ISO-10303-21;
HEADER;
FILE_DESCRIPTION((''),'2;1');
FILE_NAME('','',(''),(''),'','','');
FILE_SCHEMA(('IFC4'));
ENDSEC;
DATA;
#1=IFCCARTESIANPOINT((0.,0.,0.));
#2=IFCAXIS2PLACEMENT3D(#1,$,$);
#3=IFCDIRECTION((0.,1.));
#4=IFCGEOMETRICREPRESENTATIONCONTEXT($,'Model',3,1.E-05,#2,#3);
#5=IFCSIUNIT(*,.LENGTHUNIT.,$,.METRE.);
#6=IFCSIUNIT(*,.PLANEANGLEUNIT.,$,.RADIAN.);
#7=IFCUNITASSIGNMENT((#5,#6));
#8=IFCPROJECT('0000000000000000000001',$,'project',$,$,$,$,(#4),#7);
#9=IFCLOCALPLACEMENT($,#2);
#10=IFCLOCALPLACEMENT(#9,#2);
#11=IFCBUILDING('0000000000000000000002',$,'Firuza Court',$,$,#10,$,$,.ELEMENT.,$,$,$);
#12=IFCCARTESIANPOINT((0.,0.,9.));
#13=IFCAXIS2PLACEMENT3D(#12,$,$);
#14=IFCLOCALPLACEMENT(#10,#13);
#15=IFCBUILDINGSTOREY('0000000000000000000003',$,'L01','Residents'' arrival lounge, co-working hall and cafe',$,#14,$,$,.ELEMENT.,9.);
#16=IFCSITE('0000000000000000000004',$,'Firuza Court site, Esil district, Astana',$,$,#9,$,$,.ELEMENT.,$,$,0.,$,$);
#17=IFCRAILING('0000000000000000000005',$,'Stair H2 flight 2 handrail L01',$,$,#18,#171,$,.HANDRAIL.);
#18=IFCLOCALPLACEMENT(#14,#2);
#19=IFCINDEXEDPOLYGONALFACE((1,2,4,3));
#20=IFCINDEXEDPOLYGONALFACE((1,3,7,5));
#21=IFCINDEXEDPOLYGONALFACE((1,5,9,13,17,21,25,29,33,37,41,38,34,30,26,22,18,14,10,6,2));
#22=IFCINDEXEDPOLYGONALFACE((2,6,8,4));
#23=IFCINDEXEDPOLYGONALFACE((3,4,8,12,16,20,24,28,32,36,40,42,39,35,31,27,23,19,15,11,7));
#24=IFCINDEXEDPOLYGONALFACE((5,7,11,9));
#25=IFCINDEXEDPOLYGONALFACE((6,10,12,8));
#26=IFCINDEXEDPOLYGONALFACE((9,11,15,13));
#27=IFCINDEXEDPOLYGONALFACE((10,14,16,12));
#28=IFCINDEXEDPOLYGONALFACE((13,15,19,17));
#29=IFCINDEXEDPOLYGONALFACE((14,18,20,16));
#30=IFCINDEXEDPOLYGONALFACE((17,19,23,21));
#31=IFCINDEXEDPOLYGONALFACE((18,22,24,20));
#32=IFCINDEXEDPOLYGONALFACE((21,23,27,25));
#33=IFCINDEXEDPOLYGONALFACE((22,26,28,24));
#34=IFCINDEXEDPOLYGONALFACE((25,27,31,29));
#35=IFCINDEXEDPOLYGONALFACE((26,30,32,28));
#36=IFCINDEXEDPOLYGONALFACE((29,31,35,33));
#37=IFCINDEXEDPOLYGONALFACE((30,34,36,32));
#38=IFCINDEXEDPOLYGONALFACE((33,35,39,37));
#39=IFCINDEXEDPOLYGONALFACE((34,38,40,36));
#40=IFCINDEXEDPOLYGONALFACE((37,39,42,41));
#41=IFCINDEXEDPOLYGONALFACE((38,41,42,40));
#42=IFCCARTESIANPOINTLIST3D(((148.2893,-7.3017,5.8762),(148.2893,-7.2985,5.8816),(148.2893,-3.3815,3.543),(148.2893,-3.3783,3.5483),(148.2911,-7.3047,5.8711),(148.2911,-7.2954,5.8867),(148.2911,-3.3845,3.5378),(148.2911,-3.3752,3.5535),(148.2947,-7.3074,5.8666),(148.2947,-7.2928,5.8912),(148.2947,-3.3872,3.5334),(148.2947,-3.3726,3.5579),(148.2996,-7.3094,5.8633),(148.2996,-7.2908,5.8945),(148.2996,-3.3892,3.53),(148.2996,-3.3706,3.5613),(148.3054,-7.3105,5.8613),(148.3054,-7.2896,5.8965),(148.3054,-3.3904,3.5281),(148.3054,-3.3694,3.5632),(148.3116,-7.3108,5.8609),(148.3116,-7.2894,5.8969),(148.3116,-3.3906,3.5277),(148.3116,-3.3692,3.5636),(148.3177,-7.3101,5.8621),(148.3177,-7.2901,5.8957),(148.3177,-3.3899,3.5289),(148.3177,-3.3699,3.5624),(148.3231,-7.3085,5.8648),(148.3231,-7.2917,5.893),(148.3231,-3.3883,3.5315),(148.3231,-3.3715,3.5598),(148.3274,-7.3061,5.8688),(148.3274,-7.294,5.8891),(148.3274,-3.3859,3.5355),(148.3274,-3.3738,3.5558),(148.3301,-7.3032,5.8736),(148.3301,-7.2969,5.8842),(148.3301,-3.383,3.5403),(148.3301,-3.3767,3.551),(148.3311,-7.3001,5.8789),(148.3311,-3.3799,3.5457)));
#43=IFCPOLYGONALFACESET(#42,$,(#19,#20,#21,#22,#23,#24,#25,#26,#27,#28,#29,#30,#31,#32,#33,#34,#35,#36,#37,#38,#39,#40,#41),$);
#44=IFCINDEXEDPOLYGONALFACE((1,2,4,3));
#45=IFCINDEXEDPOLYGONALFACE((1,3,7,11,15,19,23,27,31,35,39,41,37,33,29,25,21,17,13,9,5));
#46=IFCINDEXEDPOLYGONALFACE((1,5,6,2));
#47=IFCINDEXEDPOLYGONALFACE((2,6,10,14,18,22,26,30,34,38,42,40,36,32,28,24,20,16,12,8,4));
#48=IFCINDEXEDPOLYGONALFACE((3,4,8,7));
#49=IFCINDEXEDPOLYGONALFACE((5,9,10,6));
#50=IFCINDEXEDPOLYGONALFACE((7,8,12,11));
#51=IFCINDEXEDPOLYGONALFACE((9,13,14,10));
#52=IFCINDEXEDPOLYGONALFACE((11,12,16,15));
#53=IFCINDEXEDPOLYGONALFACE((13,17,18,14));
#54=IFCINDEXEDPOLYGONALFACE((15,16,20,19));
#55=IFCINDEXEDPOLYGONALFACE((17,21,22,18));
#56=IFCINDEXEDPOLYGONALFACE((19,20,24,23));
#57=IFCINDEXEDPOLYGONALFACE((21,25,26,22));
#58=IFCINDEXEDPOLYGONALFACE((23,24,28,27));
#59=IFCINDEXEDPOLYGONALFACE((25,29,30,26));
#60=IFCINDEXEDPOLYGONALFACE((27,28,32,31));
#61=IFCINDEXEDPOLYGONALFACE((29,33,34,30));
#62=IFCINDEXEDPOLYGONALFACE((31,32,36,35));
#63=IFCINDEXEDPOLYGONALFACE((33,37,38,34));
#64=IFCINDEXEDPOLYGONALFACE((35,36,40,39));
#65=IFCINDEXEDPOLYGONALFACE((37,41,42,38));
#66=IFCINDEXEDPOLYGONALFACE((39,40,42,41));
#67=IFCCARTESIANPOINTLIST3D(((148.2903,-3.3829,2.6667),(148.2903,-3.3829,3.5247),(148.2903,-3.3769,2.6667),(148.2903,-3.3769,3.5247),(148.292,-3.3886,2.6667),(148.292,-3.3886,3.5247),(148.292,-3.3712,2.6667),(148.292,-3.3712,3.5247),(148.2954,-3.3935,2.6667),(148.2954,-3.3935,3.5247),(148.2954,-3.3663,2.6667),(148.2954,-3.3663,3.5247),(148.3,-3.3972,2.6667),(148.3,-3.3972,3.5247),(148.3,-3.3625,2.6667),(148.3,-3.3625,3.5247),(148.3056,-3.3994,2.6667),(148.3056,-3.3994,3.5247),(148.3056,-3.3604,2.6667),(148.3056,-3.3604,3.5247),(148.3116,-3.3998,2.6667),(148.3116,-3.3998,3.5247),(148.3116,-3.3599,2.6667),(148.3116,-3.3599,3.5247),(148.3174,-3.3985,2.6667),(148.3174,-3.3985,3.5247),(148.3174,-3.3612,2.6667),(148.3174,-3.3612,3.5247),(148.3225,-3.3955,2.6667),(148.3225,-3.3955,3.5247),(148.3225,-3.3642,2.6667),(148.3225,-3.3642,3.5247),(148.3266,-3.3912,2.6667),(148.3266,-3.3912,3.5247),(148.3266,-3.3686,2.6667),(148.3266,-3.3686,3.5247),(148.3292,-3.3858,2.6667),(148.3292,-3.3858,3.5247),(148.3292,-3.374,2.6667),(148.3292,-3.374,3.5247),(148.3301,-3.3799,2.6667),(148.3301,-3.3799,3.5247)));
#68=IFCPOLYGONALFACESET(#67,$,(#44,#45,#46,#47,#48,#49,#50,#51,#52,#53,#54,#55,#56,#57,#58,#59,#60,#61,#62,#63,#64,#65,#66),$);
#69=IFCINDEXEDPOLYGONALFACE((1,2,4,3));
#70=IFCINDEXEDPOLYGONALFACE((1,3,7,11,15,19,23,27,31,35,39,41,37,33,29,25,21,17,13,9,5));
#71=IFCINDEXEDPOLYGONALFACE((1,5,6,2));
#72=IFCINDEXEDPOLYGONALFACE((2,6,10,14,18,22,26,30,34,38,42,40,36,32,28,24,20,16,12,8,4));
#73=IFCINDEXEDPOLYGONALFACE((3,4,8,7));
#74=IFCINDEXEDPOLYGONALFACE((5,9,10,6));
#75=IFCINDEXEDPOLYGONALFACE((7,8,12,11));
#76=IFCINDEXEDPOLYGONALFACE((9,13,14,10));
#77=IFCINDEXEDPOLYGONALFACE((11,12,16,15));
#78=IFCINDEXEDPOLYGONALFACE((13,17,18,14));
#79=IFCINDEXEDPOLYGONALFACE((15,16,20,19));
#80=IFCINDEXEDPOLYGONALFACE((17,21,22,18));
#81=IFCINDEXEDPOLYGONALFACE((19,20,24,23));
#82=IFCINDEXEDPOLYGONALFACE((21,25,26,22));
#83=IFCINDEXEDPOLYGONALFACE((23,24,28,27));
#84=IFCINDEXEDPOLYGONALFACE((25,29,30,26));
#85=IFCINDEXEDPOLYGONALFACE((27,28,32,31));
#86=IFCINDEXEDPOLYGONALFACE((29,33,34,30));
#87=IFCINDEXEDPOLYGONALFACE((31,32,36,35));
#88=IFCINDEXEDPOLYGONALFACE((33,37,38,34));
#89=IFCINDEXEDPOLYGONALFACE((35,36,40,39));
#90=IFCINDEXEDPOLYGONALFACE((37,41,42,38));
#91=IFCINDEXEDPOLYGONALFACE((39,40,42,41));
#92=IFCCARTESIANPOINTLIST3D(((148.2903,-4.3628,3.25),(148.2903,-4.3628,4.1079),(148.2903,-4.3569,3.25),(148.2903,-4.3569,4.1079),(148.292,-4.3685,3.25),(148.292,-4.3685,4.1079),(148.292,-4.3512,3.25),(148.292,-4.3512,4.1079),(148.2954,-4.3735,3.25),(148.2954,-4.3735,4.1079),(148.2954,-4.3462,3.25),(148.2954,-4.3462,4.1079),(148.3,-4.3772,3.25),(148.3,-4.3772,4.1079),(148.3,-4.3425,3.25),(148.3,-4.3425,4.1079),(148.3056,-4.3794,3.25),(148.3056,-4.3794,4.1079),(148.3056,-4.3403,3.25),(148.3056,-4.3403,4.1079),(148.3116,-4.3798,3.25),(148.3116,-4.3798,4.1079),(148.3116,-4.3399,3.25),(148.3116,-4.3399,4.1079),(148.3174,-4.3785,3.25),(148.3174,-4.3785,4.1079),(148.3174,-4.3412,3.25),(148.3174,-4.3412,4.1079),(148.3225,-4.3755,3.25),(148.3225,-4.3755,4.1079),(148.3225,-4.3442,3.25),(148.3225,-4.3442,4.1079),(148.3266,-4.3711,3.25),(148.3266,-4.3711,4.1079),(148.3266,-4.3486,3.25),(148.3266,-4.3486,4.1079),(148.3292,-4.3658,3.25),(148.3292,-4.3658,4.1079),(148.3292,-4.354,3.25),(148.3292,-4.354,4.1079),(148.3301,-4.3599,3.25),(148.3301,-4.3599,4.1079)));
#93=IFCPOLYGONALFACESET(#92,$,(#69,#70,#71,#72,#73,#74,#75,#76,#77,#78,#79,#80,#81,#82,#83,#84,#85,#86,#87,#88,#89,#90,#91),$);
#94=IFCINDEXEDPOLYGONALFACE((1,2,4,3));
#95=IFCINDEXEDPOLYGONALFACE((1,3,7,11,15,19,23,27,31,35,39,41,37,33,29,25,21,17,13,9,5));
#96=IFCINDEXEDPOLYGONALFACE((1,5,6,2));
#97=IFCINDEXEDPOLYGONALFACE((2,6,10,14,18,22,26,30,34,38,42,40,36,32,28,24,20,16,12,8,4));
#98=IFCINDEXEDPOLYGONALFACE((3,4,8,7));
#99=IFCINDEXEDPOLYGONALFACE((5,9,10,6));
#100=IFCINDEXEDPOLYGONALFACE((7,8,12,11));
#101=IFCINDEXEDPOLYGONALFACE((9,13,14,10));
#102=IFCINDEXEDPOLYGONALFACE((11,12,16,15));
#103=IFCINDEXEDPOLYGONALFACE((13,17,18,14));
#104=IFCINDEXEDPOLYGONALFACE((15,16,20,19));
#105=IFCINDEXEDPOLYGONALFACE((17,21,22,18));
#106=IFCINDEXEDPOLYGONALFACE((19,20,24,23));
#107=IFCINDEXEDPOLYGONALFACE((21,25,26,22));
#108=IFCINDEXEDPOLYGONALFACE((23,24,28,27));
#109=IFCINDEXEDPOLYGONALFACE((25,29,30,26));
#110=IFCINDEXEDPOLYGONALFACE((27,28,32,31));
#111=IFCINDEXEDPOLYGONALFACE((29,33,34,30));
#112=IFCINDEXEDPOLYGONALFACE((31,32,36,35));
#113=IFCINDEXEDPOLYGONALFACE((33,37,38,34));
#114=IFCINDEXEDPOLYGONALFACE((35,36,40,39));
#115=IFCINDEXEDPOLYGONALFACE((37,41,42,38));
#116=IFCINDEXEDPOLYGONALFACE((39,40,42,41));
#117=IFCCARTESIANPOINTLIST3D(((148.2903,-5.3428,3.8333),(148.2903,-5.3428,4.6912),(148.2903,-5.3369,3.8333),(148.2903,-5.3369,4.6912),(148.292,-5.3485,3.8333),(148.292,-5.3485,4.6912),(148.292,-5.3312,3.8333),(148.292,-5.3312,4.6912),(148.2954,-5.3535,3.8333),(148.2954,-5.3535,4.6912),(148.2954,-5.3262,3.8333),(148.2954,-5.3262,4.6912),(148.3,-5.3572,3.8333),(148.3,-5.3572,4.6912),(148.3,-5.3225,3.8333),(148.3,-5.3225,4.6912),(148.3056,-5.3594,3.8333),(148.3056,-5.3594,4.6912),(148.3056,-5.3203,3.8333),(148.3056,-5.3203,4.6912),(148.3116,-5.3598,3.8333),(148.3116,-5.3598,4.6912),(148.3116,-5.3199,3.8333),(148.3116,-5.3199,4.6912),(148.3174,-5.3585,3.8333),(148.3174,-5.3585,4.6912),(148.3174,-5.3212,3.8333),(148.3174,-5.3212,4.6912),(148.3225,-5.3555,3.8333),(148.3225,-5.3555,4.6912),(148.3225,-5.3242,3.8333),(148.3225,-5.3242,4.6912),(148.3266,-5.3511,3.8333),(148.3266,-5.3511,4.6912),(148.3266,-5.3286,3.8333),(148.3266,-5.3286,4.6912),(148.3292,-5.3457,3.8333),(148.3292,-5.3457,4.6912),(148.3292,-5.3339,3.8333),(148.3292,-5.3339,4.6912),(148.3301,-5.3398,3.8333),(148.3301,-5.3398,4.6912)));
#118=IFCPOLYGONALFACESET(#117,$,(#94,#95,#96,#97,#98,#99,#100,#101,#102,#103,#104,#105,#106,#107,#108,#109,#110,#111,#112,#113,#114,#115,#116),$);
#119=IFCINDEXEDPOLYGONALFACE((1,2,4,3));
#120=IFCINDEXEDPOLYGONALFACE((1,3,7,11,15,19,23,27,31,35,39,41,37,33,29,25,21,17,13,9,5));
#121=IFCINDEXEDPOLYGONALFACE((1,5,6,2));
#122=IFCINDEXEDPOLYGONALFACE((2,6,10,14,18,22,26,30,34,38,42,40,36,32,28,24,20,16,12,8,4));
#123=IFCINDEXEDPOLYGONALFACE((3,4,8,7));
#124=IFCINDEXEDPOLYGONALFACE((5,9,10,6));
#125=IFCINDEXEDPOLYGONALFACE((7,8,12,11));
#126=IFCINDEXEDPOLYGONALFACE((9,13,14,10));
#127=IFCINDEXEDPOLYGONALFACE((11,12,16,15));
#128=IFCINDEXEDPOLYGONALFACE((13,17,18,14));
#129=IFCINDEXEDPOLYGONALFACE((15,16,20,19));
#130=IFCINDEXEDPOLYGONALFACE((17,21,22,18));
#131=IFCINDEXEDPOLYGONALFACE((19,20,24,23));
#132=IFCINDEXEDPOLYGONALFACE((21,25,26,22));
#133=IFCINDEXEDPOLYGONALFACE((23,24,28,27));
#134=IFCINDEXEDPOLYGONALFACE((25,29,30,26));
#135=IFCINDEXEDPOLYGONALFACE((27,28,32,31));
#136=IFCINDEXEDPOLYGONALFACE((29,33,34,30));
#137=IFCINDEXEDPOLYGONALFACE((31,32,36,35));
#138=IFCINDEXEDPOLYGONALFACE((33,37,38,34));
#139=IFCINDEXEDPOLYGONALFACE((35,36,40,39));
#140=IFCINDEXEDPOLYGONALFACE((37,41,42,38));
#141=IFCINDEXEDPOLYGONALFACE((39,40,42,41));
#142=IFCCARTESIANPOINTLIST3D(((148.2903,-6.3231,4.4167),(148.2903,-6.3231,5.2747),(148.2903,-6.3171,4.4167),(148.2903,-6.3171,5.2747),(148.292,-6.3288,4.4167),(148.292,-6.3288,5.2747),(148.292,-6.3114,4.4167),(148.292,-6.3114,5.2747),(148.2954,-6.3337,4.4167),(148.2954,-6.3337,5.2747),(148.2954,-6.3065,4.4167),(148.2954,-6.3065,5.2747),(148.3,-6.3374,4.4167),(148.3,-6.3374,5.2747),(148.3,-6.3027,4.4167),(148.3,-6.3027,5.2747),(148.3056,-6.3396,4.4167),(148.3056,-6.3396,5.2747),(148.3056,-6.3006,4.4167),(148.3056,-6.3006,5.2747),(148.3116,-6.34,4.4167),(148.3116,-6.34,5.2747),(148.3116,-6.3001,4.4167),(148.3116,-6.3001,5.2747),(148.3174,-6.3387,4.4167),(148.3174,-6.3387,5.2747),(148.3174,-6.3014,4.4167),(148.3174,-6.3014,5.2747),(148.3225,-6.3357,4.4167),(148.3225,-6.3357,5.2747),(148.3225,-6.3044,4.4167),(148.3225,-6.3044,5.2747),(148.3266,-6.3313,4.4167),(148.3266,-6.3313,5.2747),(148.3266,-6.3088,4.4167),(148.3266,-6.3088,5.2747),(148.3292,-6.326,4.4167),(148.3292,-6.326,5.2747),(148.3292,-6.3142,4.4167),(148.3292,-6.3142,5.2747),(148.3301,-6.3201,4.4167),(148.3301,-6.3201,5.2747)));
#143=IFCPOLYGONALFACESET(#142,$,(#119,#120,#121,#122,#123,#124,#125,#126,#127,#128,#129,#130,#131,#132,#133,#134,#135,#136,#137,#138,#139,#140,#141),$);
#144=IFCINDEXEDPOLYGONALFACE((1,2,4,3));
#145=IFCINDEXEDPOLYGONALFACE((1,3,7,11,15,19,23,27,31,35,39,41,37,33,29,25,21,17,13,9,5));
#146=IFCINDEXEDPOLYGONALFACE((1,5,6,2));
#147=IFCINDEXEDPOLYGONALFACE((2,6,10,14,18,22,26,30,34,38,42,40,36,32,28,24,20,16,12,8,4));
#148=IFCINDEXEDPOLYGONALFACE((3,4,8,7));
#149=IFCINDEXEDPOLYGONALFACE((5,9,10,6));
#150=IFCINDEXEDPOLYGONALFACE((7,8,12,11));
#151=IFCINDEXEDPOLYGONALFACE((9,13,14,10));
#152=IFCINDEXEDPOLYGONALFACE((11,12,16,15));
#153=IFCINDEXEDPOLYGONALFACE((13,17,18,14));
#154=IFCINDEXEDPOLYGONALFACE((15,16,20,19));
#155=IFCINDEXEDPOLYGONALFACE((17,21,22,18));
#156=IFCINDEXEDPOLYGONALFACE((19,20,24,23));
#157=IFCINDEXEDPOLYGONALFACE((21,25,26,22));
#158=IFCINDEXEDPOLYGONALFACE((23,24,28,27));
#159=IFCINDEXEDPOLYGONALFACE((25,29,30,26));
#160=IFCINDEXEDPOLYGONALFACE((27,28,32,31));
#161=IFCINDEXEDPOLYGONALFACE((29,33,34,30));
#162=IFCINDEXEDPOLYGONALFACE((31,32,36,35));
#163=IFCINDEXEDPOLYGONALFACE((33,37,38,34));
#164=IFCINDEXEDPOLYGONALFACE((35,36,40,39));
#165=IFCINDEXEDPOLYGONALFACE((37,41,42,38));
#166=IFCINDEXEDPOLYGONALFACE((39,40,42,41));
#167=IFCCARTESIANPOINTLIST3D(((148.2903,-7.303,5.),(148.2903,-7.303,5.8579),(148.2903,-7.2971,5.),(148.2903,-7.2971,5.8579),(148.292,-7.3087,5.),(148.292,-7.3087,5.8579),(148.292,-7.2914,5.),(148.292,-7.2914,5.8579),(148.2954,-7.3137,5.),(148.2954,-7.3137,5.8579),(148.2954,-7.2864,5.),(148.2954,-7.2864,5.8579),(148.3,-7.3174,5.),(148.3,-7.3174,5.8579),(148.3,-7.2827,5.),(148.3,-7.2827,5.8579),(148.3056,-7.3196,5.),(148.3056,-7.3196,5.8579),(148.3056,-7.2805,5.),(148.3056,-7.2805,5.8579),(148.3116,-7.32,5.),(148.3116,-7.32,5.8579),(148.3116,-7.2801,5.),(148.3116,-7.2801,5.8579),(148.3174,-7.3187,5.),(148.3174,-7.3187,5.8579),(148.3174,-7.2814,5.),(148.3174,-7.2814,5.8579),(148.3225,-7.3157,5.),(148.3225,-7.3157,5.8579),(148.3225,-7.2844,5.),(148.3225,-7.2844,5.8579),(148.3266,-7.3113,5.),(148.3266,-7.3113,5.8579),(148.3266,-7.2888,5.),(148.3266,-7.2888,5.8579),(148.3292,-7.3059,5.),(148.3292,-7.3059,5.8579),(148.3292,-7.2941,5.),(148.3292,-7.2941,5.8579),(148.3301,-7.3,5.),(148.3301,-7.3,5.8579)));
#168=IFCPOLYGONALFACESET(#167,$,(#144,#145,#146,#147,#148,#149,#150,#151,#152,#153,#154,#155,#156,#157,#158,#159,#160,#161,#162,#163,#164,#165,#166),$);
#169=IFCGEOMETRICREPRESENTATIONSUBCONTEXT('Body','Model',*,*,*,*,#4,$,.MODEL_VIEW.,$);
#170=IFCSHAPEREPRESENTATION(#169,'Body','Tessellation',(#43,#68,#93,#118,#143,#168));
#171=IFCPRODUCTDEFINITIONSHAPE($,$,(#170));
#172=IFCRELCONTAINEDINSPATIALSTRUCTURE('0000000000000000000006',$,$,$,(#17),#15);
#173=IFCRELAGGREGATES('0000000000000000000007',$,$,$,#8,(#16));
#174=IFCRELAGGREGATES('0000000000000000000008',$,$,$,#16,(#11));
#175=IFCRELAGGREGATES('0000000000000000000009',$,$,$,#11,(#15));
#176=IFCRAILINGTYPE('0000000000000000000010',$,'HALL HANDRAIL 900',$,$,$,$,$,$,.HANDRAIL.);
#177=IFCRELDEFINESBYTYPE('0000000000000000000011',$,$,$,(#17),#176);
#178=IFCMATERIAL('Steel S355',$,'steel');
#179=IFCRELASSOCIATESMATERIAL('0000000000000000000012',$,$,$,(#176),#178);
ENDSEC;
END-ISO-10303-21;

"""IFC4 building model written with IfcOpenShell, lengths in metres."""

from ifc_helpers import new_model, si_unit, direction, frame, origin, origin_2d, place, context, subcontext, project, spatial, circle, extrude, material, type_object, element, save


model = new_model("IFC4")

# Units and contexts
model_context = context("Model", 3, precision=1e-05, world=origin(), true_north=direction((0.0, 1.0)))
body_context = subcontext(model_context, "Body", "Model", "MODEL_VIEW")
ifc_project = project(units=[si_unit("LENGTHUNIT", "METRE"), si_unit("PLANEANGLEUNIT", "RADIAN")], contexts=[model_context])

# Site, building, storey
site_placement = place(None, origin())
site = spatial("IfcSite", under=ifc_project, at=site_placement, Name="Firuza Court site, Esil district, Astana", CompositionType="ELEMENT", RefElevation=0.0)
building_placement = place(site_placement, origin())
building = spatial("IfcBuilding", under=site, at=building_placement, Name="Firuza Court", CompositionType="ELEMENT")
storey_placement = place(building_placement, frame((0.0, 0.0, 9.0)))
storey = spatial("IfcBuildingStorey", under=building, at=storey_placement, Name="L01", Description="Residents' arrival lounge, co-working hall and cafe", CompositionType="ELEMENT", Elevation=9.0)

# Railing
ifc_material_1 = material(Name="Steel S355", Category="steel")
railing_type_1 = type_object("IfcRailingType", Name="HALL HANDRAIL 900", PredefinedType="HANDRAIL", material=ifc_material_1)
railing_1_placement = place(storey_placement, frame((148.3101, -3.3799, 2.6667)))
element("IfcRailing", 1, at=railing_1_placement, inside=storey, type_object=railing_type_1, Name="Stair H2 flight 2 handrail L01", PredefinedType="HANDRAIL", context=body_context, shape_type="SweptSolid", body=[
    extrude(circle(Radius=0.021, at=origin_2d()), frame((0.0, 0.0, 0.8789), z_axis=(0.0, -0.85931, 0.511455), x_axis=(1.0, 0.0, 0.0)), (0.0, 0.0, 1.0), 4.562),
    extrude(circle(Radius=0.02, at=origin_2d()), origin(), (0.0, 0.0, 1.0), 0.8579),
    extrude(circle(Radius=0.02, at=origin_2d()), frame((0.0, -0.98, 0.5833)), (0.0, 0.0, 1.0), 0.8579),
    extrude(circle(Radius=0.02, at=origin_2d()), frame((0.0, -1.96, 1.1665)), (0.0, 0.0, 1.0), 0.8579),
    extrude(circle(Radius=0.02, at=origin_2d()), frame((0.0, -2.9402, 1.75)), (0.0, 0.0, 1.0), 0.8579),
    extrude(circle(Radius=0.02, at=origin_2d()), frame((0.0, -3.9202, 2.3333)), (0.0, 0.0, 1.0), 0.8579),
])

save(model, "model.ifc")
